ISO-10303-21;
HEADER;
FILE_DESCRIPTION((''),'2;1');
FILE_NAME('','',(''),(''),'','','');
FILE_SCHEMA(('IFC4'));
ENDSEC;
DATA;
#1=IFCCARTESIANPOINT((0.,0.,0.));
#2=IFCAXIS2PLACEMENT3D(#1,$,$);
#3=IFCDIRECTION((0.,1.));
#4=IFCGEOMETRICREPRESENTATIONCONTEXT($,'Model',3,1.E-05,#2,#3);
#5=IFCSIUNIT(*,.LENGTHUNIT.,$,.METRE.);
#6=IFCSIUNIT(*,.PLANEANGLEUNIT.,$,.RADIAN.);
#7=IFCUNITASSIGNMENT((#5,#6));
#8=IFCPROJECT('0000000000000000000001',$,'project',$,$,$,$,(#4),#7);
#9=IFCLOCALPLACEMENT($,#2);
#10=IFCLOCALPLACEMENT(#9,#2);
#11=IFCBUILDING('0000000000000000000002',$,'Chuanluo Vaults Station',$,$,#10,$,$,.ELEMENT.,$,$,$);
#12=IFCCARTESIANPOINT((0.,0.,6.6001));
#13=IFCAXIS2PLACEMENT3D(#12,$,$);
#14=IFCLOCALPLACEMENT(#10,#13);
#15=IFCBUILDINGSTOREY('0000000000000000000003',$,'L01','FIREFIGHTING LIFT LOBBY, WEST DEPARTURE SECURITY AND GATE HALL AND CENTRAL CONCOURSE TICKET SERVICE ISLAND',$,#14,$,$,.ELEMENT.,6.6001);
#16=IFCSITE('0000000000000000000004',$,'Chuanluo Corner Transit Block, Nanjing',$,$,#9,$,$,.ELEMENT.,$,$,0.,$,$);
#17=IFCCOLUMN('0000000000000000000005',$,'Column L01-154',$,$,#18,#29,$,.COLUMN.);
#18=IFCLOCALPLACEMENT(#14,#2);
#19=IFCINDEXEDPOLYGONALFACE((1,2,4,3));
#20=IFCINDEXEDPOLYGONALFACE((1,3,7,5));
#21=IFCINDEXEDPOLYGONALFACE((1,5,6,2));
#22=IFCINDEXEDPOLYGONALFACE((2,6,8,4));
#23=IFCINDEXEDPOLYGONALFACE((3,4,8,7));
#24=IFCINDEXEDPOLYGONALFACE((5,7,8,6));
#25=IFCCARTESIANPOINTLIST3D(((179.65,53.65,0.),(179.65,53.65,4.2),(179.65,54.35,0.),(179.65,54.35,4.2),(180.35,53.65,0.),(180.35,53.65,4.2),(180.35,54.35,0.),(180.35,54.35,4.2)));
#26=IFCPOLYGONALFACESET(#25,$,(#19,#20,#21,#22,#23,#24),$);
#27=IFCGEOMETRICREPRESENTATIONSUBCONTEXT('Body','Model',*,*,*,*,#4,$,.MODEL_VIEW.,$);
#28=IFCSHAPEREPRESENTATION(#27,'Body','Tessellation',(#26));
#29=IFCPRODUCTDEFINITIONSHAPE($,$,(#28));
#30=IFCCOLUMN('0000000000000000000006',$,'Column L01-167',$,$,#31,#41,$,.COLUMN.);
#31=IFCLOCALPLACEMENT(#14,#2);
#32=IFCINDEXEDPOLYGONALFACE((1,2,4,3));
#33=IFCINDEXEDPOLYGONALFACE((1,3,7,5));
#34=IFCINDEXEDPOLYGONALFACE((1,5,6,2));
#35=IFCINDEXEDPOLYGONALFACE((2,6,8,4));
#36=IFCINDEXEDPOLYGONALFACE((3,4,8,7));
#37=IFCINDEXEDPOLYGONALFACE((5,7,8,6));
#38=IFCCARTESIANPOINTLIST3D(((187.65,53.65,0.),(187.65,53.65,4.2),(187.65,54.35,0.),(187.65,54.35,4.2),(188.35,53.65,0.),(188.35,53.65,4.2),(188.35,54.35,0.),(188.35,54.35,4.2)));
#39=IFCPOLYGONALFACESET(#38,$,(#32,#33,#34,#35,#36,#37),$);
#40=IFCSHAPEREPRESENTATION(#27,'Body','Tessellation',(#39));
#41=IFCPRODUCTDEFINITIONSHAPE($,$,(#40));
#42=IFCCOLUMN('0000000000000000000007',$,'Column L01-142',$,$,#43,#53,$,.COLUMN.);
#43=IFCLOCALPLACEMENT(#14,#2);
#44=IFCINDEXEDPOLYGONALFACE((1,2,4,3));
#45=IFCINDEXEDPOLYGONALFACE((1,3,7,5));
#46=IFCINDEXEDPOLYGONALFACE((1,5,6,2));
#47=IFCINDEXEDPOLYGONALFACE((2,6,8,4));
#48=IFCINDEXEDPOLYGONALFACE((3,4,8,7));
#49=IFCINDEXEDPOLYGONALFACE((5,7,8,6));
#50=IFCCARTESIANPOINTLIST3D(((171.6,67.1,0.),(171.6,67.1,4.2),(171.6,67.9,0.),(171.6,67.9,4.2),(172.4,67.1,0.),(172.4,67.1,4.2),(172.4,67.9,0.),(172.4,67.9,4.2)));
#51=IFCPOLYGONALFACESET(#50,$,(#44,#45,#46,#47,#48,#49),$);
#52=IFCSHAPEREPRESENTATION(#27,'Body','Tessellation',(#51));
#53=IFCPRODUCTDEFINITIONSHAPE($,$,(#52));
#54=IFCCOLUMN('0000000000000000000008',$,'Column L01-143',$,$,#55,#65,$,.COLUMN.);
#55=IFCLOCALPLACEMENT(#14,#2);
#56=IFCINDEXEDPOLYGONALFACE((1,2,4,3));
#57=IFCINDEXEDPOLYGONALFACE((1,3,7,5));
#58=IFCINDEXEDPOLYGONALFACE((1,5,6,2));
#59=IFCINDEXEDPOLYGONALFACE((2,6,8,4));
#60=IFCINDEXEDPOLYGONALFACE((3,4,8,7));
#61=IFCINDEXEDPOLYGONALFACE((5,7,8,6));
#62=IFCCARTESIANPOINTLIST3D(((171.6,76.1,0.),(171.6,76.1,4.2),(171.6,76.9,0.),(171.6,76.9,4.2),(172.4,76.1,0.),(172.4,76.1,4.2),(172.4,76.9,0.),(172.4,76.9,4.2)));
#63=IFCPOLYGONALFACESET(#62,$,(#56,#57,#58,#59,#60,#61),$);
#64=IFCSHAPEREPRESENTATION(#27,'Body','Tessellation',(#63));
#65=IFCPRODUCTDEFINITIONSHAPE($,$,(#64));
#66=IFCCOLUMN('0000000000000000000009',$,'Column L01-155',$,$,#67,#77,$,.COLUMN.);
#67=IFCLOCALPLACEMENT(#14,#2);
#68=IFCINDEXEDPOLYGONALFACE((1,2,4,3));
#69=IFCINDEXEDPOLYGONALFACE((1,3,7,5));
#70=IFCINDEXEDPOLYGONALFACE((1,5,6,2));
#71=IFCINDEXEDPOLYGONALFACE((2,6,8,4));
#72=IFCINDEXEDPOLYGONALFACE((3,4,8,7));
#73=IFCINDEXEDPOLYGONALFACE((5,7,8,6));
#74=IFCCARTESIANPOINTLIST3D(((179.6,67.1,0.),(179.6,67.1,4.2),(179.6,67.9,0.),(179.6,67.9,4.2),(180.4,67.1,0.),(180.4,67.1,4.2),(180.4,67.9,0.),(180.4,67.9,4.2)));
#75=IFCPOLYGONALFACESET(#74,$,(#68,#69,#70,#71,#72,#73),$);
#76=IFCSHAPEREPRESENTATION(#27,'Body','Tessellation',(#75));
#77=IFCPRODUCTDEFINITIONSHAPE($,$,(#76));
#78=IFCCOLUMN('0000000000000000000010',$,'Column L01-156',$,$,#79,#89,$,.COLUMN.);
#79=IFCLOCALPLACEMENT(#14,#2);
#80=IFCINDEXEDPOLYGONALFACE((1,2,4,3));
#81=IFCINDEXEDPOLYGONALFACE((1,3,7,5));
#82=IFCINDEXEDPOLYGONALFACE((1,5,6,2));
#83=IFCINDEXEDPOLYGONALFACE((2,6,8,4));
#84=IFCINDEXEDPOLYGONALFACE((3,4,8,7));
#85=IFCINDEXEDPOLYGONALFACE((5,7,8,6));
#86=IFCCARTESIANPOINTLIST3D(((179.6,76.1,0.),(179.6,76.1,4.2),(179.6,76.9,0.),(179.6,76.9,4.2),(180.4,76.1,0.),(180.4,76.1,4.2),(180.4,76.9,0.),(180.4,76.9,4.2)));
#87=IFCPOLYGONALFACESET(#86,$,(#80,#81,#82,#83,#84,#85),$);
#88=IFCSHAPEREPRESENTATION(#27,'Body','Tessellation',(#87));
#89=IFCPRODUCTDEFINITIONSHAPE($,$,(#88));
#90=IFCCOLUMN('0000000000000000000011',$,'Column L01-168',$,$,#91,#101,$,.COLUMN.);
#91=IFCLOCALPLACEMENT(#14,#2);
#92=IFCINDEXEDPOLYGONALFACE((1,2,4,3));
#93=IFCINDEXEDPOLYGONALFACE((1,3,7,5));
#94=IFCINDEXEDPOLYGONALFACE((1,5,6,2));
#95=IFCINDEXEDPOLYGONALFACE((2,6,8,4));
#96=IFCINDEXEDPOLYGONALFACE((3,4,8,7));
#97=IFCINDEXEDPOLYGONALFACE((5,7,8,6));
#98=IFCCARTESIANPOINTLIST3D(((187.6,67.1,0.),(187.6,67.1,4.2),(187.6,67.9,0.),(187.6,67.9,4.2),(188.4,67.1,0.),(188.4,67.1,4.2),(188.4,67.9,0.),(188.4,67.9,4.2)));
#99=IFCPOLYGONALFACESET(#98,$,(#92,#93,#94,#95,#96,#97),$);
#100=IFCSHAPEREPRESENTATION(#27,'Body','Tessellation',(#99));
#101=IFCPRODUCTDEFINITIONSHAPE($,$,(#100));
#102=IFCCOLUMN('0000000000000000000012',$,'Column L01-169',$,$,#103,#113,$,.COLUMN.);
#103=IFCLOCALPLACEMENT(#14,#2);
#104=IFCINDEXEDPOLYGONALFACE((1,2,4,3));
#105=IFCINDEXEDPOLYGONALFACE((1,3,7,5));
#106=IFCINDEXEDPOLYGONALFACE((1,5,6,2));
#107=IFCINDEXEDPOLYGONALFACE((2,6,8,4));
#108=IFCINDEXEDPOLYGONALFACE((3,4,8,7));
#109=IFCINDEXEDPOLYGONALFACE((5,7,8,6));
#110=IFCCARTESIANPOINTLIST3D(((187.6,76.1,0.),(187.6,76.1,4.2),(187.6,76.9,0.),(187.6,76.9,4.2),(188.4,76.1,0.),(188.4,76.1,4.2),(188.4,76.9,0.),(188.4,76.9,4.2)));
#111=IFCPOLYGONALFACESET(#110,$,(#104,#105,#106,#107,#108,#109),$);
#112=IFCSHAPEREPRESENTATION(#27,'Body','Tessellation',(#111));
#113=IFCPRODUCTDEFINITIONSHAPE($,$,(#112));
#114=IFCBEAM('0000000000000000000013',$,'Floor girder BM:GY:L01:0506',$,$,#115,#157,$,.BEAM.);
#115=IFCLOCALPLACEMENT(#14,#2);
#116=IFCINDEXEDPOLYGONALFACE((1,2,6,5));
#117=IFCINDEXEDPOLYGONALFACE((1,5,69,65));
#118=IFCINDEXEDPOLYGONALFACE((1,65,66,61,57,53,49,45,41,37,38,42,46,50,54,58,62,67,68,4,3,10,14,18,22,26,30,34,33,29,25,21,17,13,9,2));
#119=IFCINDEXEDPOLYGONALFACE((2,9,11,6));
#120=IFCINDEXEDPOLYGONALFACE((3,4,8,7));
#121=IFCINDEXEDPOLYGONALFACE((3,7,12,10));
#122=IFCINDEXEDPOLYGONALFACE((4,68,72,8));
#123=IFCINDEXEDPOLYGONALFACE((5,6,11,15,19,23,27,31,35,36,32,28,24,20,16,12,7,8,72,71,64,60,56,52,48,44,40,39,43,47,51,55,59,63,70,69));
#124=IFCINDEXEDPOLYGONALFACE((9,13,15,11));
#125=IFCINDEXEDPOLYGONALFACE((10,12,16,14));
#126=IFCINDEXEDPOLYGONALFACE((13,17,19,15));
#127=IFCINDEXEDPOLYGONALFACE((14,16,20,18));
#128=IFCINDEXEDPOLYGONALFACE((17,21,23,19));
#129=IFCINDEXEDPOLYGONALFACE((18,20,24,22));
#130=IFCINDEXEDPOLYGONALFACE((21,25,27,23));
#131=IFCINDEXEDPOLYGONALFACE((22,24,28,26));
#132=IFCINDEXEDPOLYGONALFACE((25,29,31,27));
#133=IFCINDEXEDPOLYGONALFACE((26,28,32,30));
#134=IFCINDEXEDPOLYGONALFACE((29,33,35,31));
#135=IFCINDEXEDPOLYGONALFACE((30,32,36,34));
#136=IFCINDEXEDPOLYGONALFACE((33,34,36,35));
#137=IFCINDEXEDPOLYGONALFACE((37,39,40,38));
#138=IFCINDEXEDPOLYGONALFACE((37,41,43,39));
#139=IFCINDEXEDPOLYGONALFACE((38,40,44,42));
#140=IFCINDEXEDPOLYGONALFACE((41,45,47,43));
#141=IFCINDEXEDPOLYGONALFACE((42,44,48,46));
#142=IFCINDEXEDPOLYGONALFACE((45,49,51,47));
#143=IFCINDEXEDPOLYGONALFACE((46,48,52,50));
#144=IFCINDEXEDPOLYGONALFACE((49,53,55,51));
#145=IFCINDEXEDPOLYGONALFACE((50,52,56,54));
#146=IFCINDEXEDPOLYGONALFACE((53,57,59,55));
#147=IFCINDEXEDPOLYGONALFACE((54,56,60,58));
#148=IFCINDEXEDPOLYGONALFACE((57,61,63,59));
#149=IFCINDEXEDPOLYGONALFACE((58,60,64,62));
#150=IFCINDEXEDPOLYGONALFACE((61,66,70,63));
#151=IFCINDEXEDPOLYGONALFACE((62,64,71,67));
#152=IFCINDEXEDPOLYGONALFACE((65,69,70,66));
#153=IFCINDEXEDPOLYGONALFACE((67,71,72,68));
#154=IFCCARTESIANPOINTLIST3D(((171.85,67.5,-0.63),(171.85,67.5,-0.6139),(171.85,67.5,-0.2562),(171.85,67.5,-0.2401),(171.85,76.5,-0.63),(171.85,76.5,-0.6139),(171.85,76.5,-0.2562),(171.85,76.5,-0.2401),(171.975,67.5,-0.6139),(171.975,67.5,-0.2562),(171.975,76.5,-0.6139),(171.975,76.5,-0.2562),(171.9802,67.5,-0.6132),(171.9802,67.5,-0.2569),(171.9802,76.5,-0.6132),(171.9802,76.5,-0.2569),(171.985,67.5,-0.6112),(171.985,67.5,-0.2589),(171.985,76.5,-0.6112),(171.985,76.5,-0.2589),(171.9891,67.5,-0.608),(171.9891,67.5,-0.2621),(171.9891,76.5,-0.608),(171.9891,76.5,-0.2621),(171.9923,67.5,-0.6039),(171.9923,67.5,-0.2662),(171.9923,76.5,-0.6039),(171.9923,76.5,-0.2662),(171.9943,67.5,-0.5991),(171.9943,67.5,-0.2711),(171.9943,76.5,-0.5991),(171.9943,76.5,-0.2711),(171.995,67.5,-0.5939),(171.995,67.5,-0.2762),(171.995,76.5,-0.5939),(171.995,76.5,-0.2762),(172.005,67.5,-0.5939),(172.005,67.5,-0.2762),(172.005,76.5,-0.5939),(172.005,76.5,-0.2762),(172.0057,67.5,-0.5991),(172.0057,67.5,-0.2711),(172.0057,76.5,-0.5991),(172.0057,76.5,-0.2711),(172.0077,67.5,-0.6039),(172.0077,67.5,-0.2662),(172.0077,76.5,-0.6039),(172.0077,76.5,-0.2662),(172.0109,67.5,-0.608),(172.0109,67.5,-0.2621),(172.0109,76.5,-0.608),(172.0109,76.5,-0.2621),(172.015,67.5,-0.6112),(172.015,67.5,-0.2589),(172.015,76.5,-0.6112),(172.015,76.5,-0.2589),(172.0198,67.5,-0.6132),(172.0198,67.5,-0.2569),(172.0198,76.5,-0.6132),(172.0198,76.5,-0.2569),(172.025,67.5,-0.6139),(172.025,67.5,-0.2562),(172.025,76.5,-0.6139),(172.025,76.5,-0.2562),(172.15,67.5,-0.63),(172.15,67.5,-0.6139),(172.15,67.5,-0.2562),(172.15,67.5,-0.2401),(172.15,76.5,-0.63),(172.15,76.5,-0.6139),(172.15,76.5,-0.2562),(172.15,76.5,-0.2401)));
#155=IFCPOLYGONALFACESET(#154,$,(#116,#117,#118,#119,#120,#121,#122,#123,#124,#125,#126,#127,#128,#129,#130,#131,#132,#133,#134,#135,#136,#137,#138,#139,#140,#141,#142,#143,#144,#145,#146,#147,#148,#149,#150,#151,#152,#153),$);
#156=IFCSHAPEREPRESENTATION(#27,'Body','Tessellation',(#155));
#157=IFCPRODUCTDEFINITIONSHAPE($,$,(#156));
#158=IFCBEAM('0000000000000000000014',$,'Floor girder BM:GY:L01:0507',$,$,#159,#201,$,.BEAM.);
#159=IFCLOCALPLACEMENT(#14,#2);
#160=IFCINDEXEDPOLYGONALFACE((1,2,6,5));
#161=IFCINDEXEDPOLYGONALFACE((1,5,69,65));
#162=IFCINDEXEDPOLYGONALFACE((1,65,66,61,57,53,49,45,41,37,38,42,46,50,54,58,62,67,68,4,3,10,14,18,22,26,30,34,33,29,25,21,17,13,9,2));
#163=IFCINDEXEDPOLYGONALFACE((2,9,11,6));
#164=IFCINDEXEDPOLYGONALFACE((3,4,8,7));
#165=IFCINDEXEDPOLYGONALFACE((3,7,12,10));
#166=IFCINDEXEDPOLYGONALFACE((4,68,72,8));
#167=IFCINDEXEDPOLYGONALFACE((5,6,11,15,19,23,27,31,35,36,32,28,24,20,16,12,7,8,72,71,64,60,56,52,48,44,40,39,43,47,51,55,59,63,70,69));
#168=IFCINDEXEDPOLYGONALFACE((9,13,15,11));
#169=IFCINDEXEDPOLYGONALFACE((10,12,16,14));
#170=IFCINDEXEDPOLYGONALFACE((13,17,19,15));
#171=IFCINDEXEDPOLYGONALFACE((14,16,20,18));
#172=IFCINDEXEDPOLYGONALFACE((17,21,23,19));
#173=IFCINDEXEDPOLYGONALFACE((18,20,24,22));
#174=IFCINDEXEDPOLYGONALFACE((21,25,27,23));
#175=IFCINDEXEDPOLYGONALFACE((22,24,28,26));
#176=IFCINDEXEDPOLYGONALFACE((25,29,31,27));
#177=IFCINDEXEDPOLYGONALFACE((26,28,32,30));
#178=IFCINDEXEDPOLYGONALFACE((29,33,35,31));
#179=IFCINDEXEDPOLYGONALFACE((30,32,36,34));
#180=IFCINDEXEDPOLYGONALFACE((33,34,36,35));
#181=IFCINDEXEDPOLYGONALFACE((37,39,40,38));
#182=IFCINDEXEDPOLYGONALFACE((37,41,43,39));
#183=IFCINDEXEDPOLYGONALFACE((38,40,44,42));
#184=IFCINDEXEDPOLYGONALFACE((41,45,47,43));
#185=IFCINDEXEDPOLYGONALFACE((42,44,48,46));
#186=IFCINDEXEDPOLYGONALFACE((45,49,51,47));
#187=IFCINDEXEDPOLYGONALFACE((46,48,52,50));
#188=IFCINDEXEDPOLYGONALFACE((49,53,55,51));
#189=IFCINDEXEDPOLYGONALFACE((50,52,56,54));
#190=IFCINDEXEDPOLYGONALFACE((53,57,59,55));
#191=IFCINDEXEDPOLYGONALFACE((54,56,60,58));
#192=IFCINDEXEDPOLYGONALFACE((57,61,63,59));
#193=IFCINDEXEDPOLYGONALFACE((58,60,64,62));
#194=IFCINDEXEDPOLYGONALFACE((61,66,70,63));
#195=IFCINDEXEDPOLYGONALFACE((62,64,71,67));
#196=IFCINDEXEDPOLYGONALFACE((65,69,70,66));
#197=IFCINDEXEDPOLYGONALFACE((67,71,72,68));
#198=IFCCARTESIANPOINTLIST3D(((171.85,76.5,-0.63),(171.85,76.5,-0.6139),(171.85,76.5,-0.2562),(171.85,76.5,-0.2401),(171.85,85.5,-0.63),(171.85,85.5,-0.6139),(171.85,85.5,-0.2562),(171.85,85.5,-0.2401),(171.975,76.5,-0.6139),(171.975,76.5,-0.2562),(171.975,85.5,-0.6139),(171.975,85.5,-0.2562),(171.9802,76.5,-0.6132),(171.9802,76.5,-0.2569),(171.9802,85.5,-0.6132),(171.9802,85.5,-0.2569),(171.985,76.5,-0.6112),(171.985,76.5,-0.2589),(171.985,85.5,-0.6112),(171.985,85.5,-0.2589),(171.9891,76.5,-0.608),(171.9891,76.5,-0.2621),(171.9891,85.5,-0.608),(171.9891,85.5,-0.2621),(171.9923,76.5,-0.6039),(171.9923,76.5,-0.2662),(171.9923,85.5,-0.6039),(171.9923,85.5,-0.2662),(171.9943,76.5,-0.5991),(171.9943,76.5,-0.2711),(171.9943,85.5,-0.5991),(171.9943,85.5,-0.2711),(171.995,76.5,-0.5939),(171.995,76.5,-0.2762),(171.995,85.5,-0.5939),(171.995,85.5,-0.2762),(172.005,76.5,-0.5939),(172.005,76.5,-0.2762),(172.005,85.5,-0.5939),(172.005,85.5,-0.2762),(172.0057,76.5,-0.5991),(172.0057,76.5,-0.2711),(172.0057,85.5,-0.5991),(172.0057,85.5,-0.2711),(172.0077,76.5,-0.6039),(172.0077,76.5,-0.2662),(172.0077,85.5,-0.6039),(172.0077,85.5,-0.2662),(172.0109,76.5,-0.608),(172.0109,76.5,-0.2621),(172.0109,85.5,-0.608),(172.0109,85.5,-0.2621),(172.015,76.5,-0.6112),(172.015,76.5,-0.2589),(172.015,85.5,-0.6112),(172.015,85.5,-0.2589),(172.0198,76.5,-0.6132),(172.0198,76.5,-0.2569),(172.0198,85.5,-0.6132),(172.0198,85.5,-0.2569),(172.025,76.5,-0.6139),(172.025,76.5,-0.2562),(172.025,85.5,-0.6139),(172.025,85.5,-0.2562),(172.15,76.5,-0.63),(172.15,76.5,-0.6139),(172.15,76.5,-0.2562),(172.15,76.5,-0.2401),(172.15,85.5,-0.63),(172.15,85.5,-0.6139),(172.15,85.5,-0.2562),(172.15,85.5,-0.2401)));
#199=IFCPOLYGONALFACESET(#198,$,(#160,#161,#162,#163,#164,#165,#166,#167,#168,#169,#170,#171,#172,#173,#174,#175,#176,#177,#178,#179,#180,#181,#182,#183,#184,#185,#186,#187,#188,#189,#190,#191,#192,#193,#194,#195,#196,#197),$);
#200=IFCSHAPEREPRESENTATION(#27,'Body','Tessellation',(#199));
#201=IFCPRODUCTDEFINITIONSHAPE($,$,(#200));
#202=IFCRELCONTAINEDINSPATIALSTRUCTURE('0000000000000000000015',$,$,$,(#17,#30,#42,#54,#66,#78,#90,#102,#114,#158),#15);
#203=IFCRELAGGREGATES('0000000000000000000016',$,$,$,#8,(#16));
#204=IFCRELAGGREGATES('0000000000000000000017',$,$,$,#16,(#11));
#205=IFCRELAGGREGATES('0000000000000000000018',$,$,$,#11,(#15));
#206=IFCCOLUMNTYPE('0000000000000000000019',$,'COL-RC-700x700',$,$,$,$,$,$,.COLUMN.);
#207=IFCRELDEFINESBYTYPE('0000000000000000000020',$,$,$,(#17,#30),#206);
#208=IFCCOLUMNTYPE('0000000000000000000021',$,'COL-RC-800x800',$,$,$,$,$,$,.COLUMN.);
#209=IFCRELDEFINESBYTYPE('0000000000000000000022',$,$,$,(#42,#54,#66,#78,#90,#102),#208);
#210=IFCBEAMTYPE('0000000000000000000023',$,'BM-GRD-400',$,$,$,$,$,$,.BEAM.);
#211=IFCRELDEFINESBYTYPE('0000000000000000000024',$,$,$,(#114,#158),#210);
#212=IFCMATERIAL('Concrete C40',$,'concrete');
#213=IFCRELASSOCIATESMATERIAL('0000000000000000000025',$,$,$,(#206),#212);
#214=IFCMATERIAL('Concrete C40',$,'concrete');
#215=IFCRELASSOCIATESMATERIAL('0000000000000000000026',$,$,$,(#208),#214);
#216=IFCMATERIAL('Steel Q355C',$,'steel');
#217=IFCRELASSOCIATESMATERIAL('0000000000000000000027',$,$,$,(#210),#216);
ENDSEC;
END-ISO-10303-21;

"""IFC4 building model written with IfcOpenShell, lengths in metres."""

from ifc_helpers import new_model, si_unit, direction, frame, origin, origin_2d, place, context, subcontext, project, spatial, rectangle, i_section, extrude, material, material_profile, profile_set, type_object, element, save


model = new_model("IFC4")

# Units and contexts
model_context = context("Model", 3, precision=1e-05, world=origin(), true_north=direction((0.0, 1.0)))
body_context = subcontext(model_context, "Body", "Model", "MODEL_VIEW")
ifc_project = project(units=[si_unit("LENGTHUNIT", "METRE"), si_unit("PLANEANGLEUNIT", "RADIAN")], contexts=[model_context])

# Site, building, storey
site_placement = place(None, origin())
site = spatial("IfcSite", under=ifc_project, at=site_placement, Name="Chuanluo Corner Transit Block, Nanjing", CompositionType="ELEMENT", RefElevation=0.0)
building_placement = place(site_placement, origin())
building = spatial("IfcBuilding", under=site, at=building_placement, Name="Chuanluo Vaults Station", CompositionType="ELEMENT")
storey_placement = place(building_placement, frame((0.0, 0.0, 6.6001)))
storey = spatial("IfcBuildingStorey", under=building, at=storey_placement, Name="L01", Description="FIREFIGHTING LIFT LOBBY, WEST DEPARTURE SECURITY AND GATE HALL AND CENTRAL CONCOURSE TICKET SERVICE ISLAND", CompositionType="ELEMENT", Elevation=6.6001)

# Columns
ifc_material_1 = material(Name="Concrete C40", Category="concrete")
ifc_material_profile_1 = material_profile(ifc_material_1, rectangle(XDim=0.7, YDim=0.7, at=origin_2d()))
ifc_profile_set_1 = profile_set([ifc_material_profile_1], Name="Concrete C40")
column_type_1 = type_object("IfcColumnType", Name="COL-RC-700x700", PredefinedType="COLUMN", material=ifc_profile_set_1)
for number, where, z_axis, x_axis, name in (
    (1, (180.0, 54.0, 0.0), (0.0, 0.0, 1.0), (1.0, 0.0, 0.0), "Column L01-154"),
    (2, (188.0, 54.0, 0.0), (0.0, 0.0, 1.0), (1.0, 0.0, 0.0), "Column L01-167"),
):
    element("IfcColumn", number, at=place(storey_placement, frame(where, z_axis=z_axis, x_axis=x_axis)), inside=storey, type_object=column_type_1, Name=name, PredefinedType="COLUMN", context=body_context, shape_type="SweptSolid", body=[
        extrude(rectangle(XDim=0.7, YDim=0.7, at=origin_2d()), origin(), (0.0, 0.0, 1.0), 4.2),
    ])
ifc_material_2 = material(Name="Concrete C40", Category="concrete")
ifc_material_profile_2 = material_profile(ifc_material_2, rectangle(XDim=0.8, YDim=0.8, at=origin_2d()))
ifc_profile_set_2 = profile_set([ifc_material_profile_2], Name="Concrete C40")
column_type_2 = type_object("IfcColumnType", Name="COL-RC-800x800", PredefinedType="COLUMN", material=ifc_profile_set_2)
for number, where, z_axis, x_axis, name in (
    (3, (172.0, 67.5, 0.0), (0.0, 0.0, 1.0), (1.0, 0.0, 0.0), "Column L01-142"),
    (4, (172.0, 76.5, 0.0), (0.0, 0.0, 1.0), (1.0, 0.0, 0.0), "Column L01-143"),
    (5, (180.0, 67.5, 0.0), (0.0, 0.0, 1.0), (1.0, 0.0, 0.0), "Column L01-155"),
    (6, (180.0, 76.5, 0.0), (0.0, 0.0, 1.0), (1.0, 0.0, 0.0), "Column L01-156"),
    (7, (188.0, 67.5, 0.0), (0.0, 0.0, 1.0), (1.0, 0.0, 0.0), "Column L01-168"),
    (8, (188.0, 76.5, 0.0), (0.0, 0.0, 1.0), (1.0, 0.0, 0.0), "Column L01-169"),
):
    element("IfcColumn", number, at=place(storey_placement, frame(where, z_axis=z_axis, x_axis=x_axis)), inside=storey, type_object=column_type_2, Name=name, PredefinedType="COLUMN", context=body_context, shape_type="SweptSolid", body=[
        extrude(rectangle(XDim=0.8, YDim=0.8, at=origin_2d()), origin(), (0.0, 0.0, 1.0), 4.2),
    ])

# Beams
ifc_material_3 = material(Name="Steel Q355C", Category="steel")
ifc_material_profile_3 = material_profile(ifc_material_3, i_section(OverallWidth=0.3, OverallDepth=0.3899, WebThickness=0.01, FlangeThickness=0.0161, FilletRadius=0.02, at=origin_2d()))
ifc_profile_set_3 = profile_set([ifc_material_profile_3], Name="Steel Q355C")
beam_type_1 = type_object("IfcBeamType", Name="BM-GRD-400", PredefinedType="BEAM", material=ifc_profile_set_3)
for number, where, z_axis, x_axis, name in (
    (9, (172.0, 67.5, -0.4351), (0.0, 1.0, 0.0), (-1.0, 0.0, 0.0), "Floor girder BM:GY:L01:0506"),
    (10, (172.0, 76.5, -0.4351), (0.0, 1.0, 0.0), (-1.0, 0.0, 0.0), "Floor girder BM:GY:L01:0507"),
):
    element("IfcBeam", number, at=place(storey_placement, frame(where, z_axis=z_axis, x_axis=x_axis)), inside=storey, type_object=beam_type_1, Name=name, PredefinedType="BEAM", context=body_context, shape_type="SweptSolid", body=[
        extrude(i_section(OverallWidth=0.3, OverallDepth=0.3899, WebThickness=0.01, FlangeThickness=0.0161, FilletRadius=0.02, at=origin_2d()), origin(), (0.0, 0.0, 1.0), 9.0),
    ])

save(model, "model.ifc")
